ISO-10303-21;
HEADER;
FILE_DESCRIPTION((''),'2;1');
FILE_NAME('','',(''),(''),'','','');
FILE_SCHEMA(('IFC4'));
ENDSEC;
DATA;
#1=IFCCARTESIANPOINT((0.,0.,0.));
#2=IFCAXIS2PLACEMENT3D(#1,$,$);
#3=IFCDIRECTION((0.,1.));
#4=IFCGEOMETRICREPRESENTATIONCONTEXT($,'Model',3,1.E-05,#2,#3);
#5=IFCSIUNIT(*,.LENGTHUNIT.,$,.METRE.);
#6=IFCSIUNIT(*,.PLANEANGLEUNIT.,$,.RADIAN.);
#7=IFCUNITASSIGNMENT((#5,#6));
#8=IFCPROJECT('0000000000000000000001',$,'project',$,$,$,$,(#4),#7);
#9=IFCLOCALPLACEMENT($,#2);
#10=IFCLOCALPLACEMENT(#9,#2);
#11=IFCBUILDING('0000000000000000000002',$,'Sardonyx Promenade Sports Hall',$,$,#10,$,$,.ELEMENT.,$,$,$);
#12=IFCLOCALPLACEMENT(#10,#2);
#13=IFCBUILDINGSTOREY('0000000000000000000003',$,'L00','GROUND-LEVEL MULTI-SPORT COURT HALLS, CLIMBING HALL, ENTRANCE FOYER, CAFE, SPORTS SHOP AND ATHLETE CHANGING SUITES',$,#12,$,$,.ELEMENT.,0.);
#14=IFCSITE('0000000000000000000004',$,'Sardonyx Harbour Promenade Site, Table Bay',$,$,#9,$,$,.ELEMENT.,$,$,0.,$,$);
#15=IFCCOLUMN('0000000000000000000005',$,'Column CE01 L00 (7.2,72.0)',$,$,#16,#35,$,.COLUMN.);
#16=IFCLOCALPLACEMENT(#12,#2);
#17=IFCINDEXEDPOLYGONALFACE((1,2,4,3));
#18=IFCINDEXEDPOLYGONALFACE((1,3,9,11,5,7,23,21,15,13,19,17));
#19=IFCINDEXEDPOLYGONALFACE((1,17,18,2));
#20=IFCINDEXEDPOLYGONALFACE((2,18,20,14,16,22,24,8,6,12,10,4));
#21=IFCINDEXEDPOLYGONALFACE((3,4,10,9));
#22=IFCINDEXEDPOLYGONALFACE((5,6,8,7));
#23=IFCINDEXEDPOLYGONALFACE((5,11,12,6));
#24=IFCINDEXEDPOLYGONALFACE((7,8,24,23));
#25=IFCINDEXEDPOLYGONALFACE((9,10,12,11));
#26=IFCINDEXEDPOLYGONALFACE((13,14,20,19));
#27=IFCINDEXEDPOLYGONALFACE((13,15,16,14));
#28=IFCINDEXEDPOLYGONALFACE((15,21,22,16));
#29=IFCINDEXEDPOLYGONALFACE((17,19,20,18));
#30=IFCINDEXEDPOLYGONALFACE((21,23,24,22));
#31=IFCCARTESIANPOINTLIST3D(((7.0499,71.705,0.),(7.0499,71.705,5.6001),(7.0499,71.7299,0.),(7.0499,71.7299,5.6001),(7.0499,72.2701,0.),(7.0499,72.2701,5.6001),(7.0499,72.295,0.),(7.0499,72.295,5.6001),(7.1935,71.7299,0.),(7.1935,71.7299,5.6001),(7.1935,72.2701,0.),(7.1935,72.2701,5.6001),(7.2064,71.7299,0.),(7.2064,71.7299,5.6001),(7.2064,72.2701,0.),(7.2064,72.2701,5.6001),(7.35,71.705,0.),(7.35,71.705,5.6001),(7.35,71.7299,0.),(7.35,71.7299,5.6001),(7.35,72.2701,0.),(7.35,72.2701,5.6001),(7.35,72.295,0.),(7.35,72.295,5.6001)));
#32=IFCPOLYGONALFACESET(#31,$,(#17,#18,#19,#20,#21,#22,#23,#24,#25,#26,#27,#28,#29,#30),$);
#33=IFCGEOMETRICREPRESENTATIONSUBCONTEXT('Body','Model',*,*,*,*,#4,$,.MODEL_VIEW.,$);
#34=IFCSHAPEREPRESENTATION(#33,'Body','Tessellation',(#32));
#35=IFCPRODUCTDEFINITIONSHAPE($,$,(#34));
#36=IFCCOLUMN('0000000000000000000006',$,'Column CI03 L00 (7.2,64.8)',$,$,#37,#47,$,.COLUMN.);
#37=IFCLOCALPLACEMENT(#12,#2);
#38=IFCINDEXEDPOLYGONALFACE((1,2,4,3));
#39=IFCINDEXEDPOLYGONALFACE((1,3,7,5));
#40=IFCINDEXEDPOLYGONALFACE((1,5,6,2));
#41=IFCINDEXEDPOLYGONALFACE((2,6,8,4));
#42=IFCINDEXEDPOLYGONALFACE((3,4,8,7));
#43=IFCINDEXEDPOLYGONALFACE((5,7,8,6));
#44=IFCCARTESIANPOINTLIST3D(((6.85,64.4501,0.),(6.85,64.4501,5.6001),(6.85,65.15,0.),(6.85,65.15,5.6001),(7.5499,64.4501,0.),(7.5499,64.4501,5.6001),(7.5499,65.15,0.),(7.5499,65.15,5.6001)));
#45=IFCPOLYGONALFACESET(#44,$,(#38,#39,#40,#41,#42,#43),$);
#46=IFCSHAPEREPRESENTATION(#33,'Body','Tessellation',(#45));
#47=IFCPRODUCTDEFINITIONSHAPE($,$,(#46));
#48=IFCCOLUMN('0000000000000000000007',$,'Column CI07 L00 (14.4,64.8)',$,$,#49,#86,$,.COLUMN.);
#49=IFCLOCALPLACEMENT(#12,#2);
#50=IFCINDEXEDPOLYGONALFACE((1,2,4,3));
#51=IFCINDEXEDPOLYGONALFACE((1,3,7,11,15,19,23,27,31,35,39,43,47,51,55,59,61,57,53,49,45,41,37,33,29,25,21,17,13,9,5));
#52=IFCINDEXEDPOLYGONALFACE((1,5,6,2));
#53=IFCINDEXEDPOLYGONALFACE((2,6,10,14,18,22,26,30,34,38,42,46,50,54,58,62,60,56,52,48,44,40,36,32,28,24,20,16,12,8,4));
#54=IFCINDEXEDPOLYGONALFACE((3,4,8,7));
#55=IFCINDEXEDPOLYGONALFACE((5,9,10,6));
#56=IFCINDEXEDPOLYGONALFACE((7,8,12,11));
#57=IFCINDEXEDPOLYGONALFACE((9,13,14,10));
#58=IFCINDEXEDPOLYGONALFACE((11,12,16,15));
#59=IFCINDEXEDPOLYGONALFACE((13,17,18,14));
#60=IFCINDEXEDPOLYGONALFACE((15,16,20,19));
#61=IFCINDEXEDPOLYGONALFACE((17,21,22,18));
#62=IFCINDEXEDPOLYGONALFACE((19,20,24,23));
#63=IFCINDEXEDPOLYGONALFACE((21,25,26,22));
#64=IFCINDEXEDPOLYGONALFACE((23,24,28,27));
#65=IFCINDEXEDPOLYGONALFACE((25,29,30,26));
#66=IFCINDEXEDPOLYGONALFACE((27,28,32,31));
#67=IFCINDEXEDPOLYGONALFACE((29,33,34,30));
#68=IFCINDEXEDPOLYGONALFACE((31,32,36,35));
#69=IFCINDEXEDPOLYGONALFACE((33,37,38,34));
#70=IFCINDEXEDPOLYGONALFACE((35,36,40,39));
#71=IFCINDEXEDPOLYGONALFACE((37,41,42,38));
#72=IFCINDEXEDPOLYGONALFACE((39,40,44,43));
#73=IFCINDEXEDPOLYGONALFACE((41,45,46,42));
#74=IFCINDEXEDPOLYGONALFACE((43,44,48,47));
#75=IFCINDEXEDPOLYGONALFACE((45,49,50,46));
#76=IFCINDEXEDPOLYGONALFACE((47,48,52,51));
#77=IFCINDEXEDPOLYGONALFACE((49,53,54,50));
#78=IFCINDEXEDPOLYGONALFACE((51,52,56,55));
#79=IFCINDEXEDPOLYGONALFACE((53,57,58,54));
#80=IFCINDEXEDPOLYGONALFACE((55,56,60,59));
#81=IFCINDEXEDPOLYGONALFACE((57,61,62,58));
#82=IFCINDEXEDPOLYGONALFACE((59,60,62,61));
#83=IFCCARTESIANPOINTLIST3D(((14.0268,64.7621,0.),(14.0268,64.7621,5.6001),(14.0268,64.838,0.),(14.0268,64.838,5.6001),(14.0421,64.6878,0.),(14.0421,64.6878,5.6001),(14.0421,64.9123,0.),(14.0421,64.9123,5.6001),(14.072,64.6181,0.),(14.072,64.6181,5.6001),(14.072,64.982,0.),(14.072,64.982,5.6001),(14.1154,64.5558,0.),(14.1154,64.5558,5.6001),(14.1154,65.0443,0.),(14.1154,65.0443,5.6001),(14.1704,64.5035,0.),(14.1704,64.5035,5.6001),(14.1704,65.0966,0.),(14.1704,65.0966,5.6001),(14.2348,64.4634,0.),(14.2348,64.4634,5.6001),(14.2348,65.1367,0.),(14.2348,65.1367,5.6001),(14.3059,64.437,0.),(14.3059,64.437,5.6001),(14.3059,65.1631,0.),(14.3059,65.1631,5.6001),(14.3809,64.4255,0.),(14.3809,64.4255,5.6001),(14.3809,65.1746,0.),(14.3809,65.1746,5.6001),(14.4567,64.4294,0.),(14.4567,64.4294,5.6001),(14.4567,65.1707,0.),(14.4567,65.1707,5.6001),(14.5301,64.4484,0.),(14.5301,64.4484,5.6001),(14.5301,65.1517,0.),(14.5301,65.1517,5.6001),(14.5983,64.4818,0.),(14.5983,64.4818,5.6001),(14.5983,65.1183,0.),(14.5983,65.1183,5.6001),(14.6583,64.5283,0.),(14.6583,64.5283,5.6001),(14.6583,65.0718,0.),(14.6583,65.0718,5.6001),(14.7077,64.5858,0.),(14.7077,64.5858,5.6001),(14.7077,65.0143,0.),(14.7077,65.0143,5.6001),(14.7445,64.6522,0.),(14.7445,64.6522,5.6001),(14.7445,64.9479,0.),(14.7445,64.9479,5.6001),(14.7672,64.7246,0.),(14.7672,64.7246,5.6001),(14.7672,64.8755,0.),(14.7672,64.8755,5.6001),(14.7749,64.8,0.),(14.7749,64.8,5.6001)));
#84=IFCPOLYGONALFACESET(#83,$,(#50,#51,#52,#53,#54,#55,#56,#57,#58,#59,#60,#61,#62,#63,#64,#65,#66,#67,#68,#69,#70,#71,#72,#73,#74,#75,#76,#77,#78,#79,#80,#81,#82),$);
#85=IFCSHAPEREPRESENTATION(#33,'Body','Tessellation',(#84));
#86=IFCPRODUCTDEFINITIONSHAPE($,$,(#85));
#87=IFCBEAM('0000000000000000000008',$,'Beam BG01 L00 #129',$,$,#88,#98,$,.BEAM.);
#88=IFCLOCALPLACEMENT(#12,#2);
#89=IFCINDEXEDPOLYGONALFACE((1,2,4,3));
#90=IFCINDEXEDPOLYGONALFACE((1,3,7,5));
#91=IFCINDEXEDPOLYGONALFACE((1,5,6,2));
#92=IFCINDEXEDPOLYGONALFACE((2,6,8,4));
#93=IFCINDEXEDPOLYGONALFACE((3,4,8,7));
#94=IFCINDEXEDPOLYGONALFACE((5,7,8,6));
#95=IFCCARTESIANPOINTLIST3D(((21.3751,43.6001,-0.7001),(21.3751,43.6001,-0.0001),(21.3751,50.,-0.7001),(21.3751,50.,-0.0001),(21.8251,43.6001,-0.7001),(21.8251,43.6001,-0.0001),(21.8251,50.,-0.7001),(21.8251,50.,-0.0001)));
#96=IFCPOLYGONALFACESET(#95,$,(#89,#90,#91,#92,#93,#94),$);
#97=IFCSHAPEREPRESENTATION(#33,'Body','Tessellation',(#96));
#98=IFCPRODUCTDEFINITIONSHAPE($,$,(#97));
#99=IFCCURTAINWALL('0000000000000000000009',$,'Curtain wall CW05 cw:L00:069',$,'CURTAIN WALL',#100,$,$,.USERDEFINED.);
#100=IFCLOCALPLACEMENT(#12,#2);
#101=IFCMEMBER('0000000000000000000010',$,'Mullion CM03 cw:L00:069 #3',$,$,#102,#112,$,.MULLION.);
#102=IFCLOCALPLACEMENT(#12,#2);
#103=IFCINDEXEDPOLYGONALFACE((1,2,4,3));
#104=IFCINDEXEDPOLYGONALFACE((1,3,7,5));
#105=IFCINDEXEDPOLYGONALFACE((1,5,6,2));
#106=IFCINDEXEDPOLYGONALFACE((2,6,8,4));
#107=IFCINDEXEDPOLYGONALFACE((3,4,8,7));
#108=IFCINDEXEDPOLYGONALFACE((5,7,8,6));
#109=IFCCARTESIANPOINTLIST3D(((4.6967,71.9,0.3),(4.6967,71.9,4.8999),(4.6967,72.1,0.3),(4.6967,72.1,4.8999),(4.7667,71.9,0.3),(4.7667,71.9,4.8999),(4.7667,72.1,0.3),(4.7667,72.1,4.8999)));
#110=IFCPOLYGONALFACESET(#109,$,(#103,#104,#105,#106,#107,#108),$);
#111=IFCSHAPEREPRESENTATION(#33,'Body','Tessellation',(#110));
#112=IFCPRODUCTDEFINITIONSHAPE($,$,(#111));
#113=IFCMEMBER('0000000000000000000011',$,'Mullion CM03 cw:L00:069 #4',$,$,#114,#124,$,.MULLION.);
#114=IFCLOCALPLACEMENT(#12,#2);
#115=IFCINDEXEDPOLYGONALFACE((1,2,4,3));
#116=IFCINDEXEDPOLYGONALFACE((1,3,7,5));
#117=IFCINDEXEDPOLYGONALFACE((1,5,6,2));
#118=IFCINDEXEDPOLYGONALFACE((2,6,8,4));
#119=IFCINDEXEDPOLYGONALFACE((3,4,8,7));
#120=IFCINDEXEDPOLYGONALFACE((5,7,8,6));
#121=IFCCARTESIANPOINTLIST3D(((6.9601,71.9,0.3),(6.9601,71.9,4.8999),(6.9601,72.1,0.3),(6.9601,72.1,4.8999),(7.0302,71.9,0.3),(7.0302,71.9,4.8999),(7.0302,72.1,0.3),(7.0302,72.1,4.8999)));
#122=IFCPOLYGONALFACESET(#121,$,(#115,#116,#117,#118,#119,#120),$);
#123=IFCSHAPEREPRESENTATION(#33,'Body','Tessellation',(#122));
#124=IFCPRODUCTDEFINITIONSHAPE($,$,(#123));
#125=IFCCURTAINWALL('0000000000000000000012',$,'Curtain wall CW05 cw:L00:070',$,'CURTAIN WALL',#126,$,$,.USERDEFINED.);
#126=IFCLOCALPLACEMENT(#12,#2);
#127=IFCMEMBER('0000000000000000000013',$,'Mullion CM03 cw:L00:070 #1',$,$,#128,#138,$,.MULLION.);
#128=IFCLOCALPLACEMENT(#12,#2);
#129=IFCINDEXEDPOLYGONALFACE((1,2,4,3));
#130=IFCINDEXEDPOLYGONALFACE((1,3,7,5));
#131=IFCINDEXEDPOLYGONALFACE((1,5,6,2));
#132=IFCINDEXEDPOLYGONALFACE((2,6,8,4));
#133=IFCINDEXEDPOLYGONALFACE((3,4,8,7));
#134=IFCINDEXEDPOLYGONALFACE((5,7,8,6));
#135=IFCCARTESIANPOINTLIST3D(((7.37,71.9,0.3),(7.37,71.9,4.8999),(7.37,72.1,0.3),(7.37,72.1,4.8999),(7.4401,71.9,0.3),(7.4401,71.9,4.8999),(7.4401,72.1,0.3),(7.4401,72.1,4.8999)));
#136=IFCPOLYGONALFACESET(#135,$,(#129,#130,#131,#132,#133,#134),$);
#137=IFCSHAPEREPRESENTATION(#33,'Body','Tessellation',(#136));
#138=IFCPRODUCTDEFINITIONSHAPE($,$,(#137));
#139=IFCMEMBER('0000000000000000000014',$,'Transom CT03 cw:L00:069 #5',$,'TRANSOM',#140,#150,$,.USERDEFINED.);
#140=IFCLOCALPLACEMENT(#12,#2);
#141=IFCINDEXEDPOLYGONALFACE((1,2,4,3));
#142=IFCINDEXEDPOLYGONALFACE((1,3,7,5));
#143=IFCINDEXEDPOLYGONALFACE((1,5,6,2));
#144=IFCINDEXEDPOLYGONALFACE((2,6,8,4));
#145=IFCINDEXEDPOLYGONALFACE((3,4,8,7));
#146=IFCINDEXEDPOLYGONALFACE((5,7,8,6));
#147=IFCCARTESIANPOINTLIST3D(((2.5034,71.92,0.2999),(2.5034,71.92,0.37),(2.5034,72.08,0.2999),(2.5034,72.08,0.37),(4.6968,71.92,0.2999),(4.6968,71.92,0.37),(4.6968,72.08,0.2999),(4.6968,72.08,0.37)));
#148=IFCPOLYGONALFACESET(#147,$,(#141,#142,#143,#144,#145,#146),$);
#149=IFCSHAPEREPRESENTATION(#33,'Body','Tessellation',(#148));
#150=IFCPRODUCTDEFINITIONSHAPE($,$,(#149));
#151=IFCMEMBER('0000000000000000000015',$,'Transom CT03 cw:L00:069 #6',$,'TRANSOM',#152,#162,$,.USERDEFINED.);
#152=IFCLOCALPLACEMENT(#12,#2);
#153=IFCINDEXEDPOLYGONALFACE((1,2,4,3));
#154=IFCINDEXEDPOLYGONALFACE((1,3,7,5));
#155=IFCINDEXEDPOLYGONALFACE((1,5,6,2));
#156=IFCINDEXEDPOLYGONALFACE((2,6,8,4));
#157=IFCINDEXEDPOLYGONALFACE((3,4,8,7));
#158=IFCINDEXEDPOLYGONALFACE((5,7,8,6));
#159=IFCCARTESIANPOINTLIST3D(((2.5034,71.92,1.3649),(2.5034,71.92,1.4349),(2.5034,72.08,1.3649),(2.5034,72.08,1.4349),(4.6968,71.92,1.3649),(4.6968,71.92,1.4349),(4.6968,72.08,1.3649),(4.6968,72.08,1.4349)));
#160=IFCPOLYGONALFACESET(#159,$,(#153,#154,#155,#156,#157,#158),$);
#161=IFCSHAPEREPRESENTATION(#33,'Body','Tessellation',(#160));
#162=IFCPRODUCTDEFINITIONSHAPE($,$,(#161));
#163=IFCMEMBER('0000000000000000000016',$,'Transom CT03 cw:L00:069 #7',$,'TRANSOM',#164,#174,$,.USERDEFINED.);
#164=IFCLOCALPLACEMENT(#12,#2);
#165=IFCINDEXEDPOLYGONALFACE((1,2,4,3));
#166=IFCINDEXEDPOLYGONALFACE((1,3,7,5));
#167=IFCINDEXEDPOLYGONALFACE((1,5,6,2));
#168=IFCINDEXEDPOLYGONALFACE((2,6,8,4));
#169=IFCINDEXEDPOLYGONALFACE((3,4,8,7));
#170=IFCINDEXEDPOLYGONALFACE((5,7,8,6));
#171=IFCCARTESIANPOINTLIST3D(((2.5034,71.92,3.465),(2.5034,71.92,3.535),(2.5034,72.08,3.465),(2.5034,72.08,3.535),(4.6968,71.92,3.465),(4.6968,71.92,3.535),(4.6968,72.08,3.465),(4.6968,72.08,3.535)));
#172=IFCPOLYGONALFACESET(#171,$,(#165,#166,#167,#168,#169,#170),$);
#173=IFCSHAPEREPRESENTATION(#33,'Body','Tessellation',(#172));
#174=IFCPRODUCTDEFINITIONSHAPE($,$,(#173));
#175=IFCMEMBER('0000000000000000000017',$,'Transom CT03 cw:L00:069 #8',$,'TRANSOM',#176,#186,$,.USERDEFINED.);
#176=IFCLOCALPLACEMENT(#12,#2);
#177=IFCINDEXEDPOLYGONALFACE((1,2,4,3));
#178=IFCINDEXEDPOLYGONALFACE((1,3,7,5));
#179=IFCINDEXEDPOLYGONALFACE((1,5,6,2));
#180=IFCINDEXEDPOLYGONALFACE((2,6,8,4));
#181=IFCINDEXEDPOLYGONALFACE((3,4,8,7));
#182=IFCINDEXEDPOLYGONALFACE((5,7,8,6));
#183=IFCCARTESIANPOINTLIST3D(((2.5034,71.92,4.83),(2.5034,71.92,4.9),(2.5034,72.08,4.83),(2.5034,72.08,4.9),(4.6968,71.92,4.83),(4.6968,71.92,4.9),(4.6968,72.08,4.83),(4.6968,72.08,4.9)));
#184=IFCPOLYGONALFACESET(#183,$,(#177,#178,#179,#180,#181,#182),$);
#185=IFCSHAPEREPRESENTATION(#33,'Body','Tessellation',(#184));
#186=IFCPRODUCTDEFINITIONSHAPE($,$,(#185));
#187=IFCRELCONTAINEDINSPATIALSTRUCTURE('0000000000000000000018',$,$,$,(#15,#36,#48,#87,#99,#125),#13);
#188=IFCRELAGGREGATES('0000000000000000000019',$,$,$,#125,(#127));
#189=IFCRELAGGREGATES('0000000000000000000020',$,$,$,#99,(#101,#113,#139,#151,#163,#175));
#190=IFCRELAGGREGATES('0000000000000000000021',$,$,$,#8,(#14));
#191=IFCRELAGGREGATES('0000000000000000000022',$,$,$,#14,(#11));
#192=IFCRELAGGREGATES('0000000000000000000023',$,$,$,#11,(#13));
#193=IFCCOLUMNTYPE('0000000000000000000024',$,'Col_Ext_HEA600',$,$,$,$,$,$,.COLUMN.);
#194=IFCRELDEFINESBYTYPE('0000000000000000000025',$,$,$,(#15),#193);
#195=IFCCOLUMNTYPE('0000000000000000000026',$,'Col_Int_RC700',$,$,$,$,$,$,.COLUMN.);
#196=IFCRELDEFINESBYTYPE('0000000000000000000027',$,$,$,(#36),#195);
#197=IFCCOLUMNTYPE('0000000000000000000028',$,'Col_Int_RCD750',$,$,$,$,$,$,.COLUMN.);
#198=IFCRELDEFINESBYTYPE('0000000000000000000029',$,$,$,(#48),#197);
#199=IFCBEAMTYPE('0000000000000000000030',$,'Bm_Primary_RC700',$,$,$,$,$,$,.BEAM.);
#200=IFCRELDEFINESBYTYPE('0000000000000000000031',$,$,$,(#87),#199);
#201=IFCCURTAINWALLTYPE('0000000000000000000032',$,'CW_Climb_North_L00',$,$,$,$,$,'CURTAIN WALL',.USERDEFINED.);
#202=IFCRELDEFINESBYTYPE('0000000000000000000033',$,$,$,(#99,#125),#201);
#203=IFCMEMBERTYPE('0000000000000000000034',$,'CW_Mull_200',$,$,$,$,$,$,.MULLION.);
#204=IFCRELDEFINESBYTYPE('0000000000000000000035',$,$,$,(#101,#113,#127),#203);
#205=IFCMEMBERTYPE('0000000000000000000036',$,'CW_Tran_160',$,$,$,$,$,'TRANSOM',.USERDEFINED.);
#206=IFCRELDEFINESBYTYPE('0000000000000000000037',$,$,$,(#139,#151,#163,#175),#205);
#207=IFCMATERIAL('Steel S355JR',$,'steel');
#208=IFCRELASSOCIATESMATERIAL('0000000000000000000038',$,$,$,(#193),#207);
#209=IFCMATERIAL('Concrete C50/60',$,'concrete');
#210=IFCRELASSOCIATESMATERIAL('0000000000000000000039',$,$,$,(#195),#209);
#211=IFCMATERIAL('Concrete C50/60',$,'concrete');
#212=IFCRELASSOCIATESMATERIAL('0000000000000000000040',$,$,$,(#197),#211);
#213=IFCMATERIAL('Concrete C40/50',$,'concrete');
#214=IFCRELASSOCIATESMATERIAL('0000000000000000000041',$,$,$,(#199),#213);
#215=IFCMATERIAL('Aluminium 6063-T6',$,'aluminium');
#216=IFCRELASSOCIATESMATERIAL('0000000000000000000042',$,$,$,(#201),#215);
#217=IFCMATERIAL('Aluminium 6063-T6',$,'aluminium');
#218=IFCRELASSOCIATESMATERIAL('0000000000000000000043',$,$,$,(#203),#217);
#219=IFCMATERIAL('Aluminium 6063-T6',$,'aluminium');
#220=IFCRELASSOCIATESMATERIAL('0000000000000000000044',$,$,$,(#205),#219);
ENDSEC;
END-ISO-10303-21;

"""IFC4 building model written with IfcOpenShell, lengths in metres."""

from ifc_helpers import new_model, si_unit, direction, frame, origin, origin_2d, place, context, subcontext, project, spatial, rectangle, circle, i_section, extrude, material, material_profile, profile_set, type_object, element, aggregate, save


model = new_model("IFC4")

# Units and contexts
model_context = context("Model", 3, precision=1e-05, world=origin(), true_north=direction((0.0, 1.0)))
body_context = subcontext(model_context, "Body", "Model", "MODEL_VIEW")
ifc_project = project(units=[si_unit("LENGTHUNIT", "METRE"), si_unit("PLANEANGLEUNIT", "RADIAN")], contexts=[model_context])

# Site, building, storey
site_placement = place(None, origin())
site = spatial("IfcSite", under=ifc_project, at=site_placement, Name="Sardonyx Harbour Promenade Site, Table Bay", CompositionType="ELEMENT", RefElevation=0.0)
building_placement = place(site_placement, origin())
building = spatial("IfcBuilding", under=site, at=building_placement, Name="Sardonyx Promenade Sports Hall", CompositionType="ELEMENT")
storey_placement = place(building_placement, origin())
storey = spatial("IfcBuildingStorey", under=building, at=storey_placement, Name="L00", Description="GROUND-LEVEL MULTI-SPORT COURT HALLS, CLIMBING HALL, ENTRANCE FOYER, CAFE, SPORTS SHOP AND ATHLETE CHANGING SUITES", CompositionType="ELEMENT", Elevation=0.0)

# Columns
ifc_material_1 = material(Name="Steel S355JR", Category="steel")
ifc_material_profile_1 = material_profile(ifc_material_1, i_section(OverallWidth=0.3, OverallDepth=0.5901, WebThickness=0.0129, FlangeThickness=0.0249, at=origin_2d()))
ifc_profile_set_1 = profile_set([ifc_material_profile_1], Name="Steel S355JR")
column_type_1 = type_object("IfcColumnType", Name="Col_Ext_HEA600", PredefinedType="COLUMN", material=ifc_profile_set_1)
column_1_placement = place(storey_placement, frame((7.2, 72.0, 0.0), z_axis=(0.0, 0.0, 1.0), x_axis=(1.0, 0.0, 0.0)))
element("IfcColumn", 1, at=column_1_placement, inside=storey, type_object=column_type_1, Name="Column CE01 L00 (7.2,72.0)", PredefinedType="COLUMN", context=body_context, shape_type="SweptSolid", body=[
    extrude(i_section(OverallWidth=0.3, OverallDepth=0.5901, WebThickness=0.0129, FlangeThickness=0.0249, at=origin_2d()), origin(), (0.0, 0.0, 1.0), 5.6001),
])
ifc_material_2 = material(Name="Concrete C50/60", Category="concrete")
ifc_material_profile_2 = material_profile(ifc_material_2, rectangle(XDim=0.7, YDim=0.7, at=origin_2d()))
ifc_profile_set_2 = profile_set([ifc_material_profile_2], Name="Concrete C50/60")
column_type_2 = type_object("IfcColumnType", Name="Col_Int_RC700", PredefinedType="COLUMN", material=ifc_profile_set_2)
column_2_placement = place(storey_placement, frame((7.2, 64.8, 0.0), z_axis=(0.0, 0.0, 1.0), x_axis=(1.0, 0.0, 0.0)))
element("IfcColumn", 2, at=column_2_placement, inside=storey, type_object=column_type_2, Name="Column CI03 L00 (7.2,64.8)", PredefinedType="COLUMN", context=body_context, shape_type="SweptSolid", body=[
    extrude(rectangle(XDim=0.7, YDim=0.7, at=origin_2d()), origin(), (0.0, 0.0, 1.0), 5.6001),
])
ifc_material_3 = material(Name="Concrete C50/60", Category="concrete")
ifc_material_profile_3 = material_profile(ifc_material_3, circle(Radius=0.375, at=origin_2d()))
ifc_profile_set_3 = profile_set([ifc_material_profile_3], Name="Concrete C50/60")
column_type_3 = type_object("IfcColumnType", Name="Col_Int_RCD750", PredefinedType="COLUMN", material=ifc_profile_set_3)
column_3_placement = place(storey_placement, frame((14.3999, 64.8, 0.0), z_axis=(0.0, 0.0, 1.0), x_axis=(1.0, 0.0, 0.0)))
element("IfcColumn", 3, at=column_3_placement, inside=storey, type_object=column_type_3, Name="Column CI07 L00 (14.4,64.8)", PredefinedType="COLUMN", context=body_context, shape_type="SweptSolid", body=[
    extrude(circle(Radius=0.375, at=origin_2d()), origin(), (0.0, 0.0, 1.0), 5.6001),
])

# Beam
ifc_material_4 = material(Name="Concrete C40/50", Category="concrete")
ifc_material_profile_4 = material_profile(ifc_material_4, rectangle(XDim=0.45, YDim=0.7, at=origin_2d()))
ifc_profile_set_4 = profile_set([ifc_material_profile_4], Name="Concrete C40/50")
beam_type = type_object("IfcBeamType", Name="Bm_Primary_RC700", PredefinedType="BEAM", material=ifc_profile_set_4)
beam_placement = place(storey_placement, frame((21.6001, 43.6001, -0.3501), z_axis=(0.0, 1.0, 0.0), x_axis=(-1.0, 0.0, 0.0)))
element("IfcBeam", 4, at=beam_placement, inside=storey, type_object=beam_type, Name="Beam BG01 L00 #129", PredefinedType="BEAM", context=body_context, shape_type="SweptSolid", body=[
    extrude(rectangle(XDim=0.45, YDim=0.7, at=origin_2d()), origin(), (0.0, 0.0, 1.0), 6.3999),
])

# Curtain wall, members
ifc_material_5 = material(Name="Aluminium 6063-T6", Category="aluminium")
curtain_wall_type = type_object("IfcCurtainWallType", Name="CW_Climb_North_L00", ElementType="CURTAIN WALL", PredefinedType="USERDEFINED", material=ifc_material_5)
curtain_wall_1_placement = place(storey_placement, origin())
curtain_wall_1 = element("IfcCurtainWall", 5, at=curtain_wall_1_placement, inside=storey, type_object=curtain_wall_type, Name="Curtain wall CW05 cw:L00:069", ObjectType="CURTAIN WALL", PredefinedType="USERDEFINED")
ifc_material_6 = material(Name="Aluminium 6063-T6", Category="aluminium")
ifc_material_profile_5 = material_profile(ifc_material_6, rectangle(XDim=0.0701, YDim=0.2, at=origin_2d()))
ifc_profile_set_5 = profile_set([ifc_material_profile_5], Name="Aluminium 6063-T6")
member_type_1 = type_object("IfcMemberType", Name="CW_Mull_200", PredefinedType="MULLION", material=ifc_profile_set_5)
member_1_placement = place(storey_placement, frame((4.7317, 72.0, 0.3), z_axis=(0.0, 0.0, 1.0), x_axis=(1.0, 0.0, 0.0)))
member_1 = element("IfcMember", 6, at=member_1_placement, type_object=member_type_1, Name="Mullion CM03 cw:L00:069 #3", PredefinedType="MULLION", context=body_context, shape_type="SweptSolid", body=[
    extrude(rectangle(XDim=0.0701, YDim=0.2, at=origin_2d()), origin(), (0.0, 0.0, 1.0), 4.5999),
])
member_2_placement = place(storey_placement, frame((6.9951, 72.0, 0.3), z_axis=(0.0, 0.0, 1.0), x_axis=(1.0, 0.0, 0.0)))
member_2 = element("IfcMember", 7, at=member_2_placement, type_object=member_type_1, Name="Mullion CM03 cw:L00:069 #4", PredefinedType="MULLION", context=body_context, shape_type="SweptSolid", body=[
    extrude(rectangle(XDim=0.0701, YDim=0.2, at=origin_2d()), origin(), (0.0, 0.0, 1.0), 4.5999),
])

# Curtain wall, member
curtain_wall_2_placement = place(storey_placement, origin())
curtain_wall_2 = element("IfcCurtainWall", 8, at=curtain_wall_2_placement, inside=storey, type_object=curtain_wall_type, Name="Curtain wall CW05 cw:L00:070", ObjectType="CURTAIN WALL", PredefinedType="USERDEFINED")
member_3_placement = place(storey_placement, frame((7.405, 72.0, 0.3), z_axis=(0.0, 0.0, 1.0), x_axis=(1.0, 0.0, 0.0)))
member_3 = element("IfcMember", 9, at=member_3_placement, type_object=member_type_1, Name="Mullion CM03 cw:L00:070 #1", PredefinedType="MULLION", context=body_context, shape_type="SweptSolid", body=[
    extrude(rectangle(XDim=0.0701, YDim=0.2, at=origin_2d()), origin(), (0.0, 0.0, 1.0), 4.5999),
])
aggregate(curtain_wall_2, [member_3])

# Members
ifc_material_7 = material(Name="Aluminium 6063-T6", Category="aluminium")
ifc_material_profile_6 = material_profile(ifc_material_7, rectangle(XDim=0.0701, YDim=0.1599, at=origin_2d()))
ifc_profile_set_6 = profile_set([ifc_material_profile_6], Name="Aluminium 6063-T6")
member_type_2 = type_object("IfcMemberType", Name="CW_Tran_160", ElementType="TRANSOM", PredefinedType="USERDEFINED", material=ifc_profile_set_6)
member_4_placement = place(storey_placement, frame((2.5034, 72.0, 0.335), z_axis=(1.0, 0.0, 0.0), x_axis=(0.0, 0.0, 1.0)))
member_4 = element("IfcMember", 10, at=member_4_placement, type_object=member_type_2, Name="Transom CT03 cw:L00:069 #5", ObjectType="TRANSOM", PredefinedType="USERDEFINED", context=body_context, shape_type="SweptSolid", body=[
    extrude(rectangle(XDim=0.0701, YDim=0.1599, at=origin_2d()), origin(), (0.0, 0.0, 1.0), 2.1934),
])
member_5_placement = place(storey_placement, frame((2.5034, 72.0, 1.3999), z_axis=(1.0, 0.0, 0.0), x_axis=(0.0, 0.0, 1.0)))
member_5 = element("IfcMember", 11, at=member_5_placement, type_object=member_type_2, Name="Transom CT03 cw:L00:069 #6", ObjectType="TRANSOM", PredefinedType="USERDEFINED", context=body_context, shape_type="SweptSolid", body=[
    extrude(rectangle(XDim=0.0701, YDim=0.1599, at=origin_2d()), origin(), (0.0, 0.0, 1.0), 2.1934),
])
member_6_placement = place(storey_placement, frame((2.5034, 72.0, 3.5), z_axis=(1.0, 0.0, 0.0), x_axis=(0.0, 0.0, 1.0)))
member_6 = element("IfcMember", 12, at=member_6_placement, type_object=member_type_2, Name="Transom CT03 cw:L00:069 #7", ObjectType="TRANSOM", PredefinedType="USERDEFINED", context=body_context, shape_type="SweptSolid", body=[
    extrude(rectangle(XDim=0.0701, YDim=0.1599, at=origin_2d()), origin(), (0.0, 0.0, 1.0), 2.1934),
])
member_7_placement = place(storey_placement, frame((2.5034, 72.0, 4.865), z_axis=(1.0, 0.0, 0.0), x_axis=(0.0, 0.0, 1.0)))
member_7 = element("IfcMember", 13, at=member_7_placement, type_object=member_type_2, Name="Transom CT03 cw:L00:069 #8", ObjectType="TRANSOM", PredefinedType="USERDEFINED", context=body_context, shape_type="SweptSolid", body=[
    extrude(rectangle(XDim=0.0701, YDim=0.1599, at=origin_2d()), origin(), (0.0, 0.0, 1.0), 2.1934),
])

aggregate(curtain_wall_1, [member_1, member_2, member_4, member_5, member_6, member_7])

save(model, "model.ifc")
